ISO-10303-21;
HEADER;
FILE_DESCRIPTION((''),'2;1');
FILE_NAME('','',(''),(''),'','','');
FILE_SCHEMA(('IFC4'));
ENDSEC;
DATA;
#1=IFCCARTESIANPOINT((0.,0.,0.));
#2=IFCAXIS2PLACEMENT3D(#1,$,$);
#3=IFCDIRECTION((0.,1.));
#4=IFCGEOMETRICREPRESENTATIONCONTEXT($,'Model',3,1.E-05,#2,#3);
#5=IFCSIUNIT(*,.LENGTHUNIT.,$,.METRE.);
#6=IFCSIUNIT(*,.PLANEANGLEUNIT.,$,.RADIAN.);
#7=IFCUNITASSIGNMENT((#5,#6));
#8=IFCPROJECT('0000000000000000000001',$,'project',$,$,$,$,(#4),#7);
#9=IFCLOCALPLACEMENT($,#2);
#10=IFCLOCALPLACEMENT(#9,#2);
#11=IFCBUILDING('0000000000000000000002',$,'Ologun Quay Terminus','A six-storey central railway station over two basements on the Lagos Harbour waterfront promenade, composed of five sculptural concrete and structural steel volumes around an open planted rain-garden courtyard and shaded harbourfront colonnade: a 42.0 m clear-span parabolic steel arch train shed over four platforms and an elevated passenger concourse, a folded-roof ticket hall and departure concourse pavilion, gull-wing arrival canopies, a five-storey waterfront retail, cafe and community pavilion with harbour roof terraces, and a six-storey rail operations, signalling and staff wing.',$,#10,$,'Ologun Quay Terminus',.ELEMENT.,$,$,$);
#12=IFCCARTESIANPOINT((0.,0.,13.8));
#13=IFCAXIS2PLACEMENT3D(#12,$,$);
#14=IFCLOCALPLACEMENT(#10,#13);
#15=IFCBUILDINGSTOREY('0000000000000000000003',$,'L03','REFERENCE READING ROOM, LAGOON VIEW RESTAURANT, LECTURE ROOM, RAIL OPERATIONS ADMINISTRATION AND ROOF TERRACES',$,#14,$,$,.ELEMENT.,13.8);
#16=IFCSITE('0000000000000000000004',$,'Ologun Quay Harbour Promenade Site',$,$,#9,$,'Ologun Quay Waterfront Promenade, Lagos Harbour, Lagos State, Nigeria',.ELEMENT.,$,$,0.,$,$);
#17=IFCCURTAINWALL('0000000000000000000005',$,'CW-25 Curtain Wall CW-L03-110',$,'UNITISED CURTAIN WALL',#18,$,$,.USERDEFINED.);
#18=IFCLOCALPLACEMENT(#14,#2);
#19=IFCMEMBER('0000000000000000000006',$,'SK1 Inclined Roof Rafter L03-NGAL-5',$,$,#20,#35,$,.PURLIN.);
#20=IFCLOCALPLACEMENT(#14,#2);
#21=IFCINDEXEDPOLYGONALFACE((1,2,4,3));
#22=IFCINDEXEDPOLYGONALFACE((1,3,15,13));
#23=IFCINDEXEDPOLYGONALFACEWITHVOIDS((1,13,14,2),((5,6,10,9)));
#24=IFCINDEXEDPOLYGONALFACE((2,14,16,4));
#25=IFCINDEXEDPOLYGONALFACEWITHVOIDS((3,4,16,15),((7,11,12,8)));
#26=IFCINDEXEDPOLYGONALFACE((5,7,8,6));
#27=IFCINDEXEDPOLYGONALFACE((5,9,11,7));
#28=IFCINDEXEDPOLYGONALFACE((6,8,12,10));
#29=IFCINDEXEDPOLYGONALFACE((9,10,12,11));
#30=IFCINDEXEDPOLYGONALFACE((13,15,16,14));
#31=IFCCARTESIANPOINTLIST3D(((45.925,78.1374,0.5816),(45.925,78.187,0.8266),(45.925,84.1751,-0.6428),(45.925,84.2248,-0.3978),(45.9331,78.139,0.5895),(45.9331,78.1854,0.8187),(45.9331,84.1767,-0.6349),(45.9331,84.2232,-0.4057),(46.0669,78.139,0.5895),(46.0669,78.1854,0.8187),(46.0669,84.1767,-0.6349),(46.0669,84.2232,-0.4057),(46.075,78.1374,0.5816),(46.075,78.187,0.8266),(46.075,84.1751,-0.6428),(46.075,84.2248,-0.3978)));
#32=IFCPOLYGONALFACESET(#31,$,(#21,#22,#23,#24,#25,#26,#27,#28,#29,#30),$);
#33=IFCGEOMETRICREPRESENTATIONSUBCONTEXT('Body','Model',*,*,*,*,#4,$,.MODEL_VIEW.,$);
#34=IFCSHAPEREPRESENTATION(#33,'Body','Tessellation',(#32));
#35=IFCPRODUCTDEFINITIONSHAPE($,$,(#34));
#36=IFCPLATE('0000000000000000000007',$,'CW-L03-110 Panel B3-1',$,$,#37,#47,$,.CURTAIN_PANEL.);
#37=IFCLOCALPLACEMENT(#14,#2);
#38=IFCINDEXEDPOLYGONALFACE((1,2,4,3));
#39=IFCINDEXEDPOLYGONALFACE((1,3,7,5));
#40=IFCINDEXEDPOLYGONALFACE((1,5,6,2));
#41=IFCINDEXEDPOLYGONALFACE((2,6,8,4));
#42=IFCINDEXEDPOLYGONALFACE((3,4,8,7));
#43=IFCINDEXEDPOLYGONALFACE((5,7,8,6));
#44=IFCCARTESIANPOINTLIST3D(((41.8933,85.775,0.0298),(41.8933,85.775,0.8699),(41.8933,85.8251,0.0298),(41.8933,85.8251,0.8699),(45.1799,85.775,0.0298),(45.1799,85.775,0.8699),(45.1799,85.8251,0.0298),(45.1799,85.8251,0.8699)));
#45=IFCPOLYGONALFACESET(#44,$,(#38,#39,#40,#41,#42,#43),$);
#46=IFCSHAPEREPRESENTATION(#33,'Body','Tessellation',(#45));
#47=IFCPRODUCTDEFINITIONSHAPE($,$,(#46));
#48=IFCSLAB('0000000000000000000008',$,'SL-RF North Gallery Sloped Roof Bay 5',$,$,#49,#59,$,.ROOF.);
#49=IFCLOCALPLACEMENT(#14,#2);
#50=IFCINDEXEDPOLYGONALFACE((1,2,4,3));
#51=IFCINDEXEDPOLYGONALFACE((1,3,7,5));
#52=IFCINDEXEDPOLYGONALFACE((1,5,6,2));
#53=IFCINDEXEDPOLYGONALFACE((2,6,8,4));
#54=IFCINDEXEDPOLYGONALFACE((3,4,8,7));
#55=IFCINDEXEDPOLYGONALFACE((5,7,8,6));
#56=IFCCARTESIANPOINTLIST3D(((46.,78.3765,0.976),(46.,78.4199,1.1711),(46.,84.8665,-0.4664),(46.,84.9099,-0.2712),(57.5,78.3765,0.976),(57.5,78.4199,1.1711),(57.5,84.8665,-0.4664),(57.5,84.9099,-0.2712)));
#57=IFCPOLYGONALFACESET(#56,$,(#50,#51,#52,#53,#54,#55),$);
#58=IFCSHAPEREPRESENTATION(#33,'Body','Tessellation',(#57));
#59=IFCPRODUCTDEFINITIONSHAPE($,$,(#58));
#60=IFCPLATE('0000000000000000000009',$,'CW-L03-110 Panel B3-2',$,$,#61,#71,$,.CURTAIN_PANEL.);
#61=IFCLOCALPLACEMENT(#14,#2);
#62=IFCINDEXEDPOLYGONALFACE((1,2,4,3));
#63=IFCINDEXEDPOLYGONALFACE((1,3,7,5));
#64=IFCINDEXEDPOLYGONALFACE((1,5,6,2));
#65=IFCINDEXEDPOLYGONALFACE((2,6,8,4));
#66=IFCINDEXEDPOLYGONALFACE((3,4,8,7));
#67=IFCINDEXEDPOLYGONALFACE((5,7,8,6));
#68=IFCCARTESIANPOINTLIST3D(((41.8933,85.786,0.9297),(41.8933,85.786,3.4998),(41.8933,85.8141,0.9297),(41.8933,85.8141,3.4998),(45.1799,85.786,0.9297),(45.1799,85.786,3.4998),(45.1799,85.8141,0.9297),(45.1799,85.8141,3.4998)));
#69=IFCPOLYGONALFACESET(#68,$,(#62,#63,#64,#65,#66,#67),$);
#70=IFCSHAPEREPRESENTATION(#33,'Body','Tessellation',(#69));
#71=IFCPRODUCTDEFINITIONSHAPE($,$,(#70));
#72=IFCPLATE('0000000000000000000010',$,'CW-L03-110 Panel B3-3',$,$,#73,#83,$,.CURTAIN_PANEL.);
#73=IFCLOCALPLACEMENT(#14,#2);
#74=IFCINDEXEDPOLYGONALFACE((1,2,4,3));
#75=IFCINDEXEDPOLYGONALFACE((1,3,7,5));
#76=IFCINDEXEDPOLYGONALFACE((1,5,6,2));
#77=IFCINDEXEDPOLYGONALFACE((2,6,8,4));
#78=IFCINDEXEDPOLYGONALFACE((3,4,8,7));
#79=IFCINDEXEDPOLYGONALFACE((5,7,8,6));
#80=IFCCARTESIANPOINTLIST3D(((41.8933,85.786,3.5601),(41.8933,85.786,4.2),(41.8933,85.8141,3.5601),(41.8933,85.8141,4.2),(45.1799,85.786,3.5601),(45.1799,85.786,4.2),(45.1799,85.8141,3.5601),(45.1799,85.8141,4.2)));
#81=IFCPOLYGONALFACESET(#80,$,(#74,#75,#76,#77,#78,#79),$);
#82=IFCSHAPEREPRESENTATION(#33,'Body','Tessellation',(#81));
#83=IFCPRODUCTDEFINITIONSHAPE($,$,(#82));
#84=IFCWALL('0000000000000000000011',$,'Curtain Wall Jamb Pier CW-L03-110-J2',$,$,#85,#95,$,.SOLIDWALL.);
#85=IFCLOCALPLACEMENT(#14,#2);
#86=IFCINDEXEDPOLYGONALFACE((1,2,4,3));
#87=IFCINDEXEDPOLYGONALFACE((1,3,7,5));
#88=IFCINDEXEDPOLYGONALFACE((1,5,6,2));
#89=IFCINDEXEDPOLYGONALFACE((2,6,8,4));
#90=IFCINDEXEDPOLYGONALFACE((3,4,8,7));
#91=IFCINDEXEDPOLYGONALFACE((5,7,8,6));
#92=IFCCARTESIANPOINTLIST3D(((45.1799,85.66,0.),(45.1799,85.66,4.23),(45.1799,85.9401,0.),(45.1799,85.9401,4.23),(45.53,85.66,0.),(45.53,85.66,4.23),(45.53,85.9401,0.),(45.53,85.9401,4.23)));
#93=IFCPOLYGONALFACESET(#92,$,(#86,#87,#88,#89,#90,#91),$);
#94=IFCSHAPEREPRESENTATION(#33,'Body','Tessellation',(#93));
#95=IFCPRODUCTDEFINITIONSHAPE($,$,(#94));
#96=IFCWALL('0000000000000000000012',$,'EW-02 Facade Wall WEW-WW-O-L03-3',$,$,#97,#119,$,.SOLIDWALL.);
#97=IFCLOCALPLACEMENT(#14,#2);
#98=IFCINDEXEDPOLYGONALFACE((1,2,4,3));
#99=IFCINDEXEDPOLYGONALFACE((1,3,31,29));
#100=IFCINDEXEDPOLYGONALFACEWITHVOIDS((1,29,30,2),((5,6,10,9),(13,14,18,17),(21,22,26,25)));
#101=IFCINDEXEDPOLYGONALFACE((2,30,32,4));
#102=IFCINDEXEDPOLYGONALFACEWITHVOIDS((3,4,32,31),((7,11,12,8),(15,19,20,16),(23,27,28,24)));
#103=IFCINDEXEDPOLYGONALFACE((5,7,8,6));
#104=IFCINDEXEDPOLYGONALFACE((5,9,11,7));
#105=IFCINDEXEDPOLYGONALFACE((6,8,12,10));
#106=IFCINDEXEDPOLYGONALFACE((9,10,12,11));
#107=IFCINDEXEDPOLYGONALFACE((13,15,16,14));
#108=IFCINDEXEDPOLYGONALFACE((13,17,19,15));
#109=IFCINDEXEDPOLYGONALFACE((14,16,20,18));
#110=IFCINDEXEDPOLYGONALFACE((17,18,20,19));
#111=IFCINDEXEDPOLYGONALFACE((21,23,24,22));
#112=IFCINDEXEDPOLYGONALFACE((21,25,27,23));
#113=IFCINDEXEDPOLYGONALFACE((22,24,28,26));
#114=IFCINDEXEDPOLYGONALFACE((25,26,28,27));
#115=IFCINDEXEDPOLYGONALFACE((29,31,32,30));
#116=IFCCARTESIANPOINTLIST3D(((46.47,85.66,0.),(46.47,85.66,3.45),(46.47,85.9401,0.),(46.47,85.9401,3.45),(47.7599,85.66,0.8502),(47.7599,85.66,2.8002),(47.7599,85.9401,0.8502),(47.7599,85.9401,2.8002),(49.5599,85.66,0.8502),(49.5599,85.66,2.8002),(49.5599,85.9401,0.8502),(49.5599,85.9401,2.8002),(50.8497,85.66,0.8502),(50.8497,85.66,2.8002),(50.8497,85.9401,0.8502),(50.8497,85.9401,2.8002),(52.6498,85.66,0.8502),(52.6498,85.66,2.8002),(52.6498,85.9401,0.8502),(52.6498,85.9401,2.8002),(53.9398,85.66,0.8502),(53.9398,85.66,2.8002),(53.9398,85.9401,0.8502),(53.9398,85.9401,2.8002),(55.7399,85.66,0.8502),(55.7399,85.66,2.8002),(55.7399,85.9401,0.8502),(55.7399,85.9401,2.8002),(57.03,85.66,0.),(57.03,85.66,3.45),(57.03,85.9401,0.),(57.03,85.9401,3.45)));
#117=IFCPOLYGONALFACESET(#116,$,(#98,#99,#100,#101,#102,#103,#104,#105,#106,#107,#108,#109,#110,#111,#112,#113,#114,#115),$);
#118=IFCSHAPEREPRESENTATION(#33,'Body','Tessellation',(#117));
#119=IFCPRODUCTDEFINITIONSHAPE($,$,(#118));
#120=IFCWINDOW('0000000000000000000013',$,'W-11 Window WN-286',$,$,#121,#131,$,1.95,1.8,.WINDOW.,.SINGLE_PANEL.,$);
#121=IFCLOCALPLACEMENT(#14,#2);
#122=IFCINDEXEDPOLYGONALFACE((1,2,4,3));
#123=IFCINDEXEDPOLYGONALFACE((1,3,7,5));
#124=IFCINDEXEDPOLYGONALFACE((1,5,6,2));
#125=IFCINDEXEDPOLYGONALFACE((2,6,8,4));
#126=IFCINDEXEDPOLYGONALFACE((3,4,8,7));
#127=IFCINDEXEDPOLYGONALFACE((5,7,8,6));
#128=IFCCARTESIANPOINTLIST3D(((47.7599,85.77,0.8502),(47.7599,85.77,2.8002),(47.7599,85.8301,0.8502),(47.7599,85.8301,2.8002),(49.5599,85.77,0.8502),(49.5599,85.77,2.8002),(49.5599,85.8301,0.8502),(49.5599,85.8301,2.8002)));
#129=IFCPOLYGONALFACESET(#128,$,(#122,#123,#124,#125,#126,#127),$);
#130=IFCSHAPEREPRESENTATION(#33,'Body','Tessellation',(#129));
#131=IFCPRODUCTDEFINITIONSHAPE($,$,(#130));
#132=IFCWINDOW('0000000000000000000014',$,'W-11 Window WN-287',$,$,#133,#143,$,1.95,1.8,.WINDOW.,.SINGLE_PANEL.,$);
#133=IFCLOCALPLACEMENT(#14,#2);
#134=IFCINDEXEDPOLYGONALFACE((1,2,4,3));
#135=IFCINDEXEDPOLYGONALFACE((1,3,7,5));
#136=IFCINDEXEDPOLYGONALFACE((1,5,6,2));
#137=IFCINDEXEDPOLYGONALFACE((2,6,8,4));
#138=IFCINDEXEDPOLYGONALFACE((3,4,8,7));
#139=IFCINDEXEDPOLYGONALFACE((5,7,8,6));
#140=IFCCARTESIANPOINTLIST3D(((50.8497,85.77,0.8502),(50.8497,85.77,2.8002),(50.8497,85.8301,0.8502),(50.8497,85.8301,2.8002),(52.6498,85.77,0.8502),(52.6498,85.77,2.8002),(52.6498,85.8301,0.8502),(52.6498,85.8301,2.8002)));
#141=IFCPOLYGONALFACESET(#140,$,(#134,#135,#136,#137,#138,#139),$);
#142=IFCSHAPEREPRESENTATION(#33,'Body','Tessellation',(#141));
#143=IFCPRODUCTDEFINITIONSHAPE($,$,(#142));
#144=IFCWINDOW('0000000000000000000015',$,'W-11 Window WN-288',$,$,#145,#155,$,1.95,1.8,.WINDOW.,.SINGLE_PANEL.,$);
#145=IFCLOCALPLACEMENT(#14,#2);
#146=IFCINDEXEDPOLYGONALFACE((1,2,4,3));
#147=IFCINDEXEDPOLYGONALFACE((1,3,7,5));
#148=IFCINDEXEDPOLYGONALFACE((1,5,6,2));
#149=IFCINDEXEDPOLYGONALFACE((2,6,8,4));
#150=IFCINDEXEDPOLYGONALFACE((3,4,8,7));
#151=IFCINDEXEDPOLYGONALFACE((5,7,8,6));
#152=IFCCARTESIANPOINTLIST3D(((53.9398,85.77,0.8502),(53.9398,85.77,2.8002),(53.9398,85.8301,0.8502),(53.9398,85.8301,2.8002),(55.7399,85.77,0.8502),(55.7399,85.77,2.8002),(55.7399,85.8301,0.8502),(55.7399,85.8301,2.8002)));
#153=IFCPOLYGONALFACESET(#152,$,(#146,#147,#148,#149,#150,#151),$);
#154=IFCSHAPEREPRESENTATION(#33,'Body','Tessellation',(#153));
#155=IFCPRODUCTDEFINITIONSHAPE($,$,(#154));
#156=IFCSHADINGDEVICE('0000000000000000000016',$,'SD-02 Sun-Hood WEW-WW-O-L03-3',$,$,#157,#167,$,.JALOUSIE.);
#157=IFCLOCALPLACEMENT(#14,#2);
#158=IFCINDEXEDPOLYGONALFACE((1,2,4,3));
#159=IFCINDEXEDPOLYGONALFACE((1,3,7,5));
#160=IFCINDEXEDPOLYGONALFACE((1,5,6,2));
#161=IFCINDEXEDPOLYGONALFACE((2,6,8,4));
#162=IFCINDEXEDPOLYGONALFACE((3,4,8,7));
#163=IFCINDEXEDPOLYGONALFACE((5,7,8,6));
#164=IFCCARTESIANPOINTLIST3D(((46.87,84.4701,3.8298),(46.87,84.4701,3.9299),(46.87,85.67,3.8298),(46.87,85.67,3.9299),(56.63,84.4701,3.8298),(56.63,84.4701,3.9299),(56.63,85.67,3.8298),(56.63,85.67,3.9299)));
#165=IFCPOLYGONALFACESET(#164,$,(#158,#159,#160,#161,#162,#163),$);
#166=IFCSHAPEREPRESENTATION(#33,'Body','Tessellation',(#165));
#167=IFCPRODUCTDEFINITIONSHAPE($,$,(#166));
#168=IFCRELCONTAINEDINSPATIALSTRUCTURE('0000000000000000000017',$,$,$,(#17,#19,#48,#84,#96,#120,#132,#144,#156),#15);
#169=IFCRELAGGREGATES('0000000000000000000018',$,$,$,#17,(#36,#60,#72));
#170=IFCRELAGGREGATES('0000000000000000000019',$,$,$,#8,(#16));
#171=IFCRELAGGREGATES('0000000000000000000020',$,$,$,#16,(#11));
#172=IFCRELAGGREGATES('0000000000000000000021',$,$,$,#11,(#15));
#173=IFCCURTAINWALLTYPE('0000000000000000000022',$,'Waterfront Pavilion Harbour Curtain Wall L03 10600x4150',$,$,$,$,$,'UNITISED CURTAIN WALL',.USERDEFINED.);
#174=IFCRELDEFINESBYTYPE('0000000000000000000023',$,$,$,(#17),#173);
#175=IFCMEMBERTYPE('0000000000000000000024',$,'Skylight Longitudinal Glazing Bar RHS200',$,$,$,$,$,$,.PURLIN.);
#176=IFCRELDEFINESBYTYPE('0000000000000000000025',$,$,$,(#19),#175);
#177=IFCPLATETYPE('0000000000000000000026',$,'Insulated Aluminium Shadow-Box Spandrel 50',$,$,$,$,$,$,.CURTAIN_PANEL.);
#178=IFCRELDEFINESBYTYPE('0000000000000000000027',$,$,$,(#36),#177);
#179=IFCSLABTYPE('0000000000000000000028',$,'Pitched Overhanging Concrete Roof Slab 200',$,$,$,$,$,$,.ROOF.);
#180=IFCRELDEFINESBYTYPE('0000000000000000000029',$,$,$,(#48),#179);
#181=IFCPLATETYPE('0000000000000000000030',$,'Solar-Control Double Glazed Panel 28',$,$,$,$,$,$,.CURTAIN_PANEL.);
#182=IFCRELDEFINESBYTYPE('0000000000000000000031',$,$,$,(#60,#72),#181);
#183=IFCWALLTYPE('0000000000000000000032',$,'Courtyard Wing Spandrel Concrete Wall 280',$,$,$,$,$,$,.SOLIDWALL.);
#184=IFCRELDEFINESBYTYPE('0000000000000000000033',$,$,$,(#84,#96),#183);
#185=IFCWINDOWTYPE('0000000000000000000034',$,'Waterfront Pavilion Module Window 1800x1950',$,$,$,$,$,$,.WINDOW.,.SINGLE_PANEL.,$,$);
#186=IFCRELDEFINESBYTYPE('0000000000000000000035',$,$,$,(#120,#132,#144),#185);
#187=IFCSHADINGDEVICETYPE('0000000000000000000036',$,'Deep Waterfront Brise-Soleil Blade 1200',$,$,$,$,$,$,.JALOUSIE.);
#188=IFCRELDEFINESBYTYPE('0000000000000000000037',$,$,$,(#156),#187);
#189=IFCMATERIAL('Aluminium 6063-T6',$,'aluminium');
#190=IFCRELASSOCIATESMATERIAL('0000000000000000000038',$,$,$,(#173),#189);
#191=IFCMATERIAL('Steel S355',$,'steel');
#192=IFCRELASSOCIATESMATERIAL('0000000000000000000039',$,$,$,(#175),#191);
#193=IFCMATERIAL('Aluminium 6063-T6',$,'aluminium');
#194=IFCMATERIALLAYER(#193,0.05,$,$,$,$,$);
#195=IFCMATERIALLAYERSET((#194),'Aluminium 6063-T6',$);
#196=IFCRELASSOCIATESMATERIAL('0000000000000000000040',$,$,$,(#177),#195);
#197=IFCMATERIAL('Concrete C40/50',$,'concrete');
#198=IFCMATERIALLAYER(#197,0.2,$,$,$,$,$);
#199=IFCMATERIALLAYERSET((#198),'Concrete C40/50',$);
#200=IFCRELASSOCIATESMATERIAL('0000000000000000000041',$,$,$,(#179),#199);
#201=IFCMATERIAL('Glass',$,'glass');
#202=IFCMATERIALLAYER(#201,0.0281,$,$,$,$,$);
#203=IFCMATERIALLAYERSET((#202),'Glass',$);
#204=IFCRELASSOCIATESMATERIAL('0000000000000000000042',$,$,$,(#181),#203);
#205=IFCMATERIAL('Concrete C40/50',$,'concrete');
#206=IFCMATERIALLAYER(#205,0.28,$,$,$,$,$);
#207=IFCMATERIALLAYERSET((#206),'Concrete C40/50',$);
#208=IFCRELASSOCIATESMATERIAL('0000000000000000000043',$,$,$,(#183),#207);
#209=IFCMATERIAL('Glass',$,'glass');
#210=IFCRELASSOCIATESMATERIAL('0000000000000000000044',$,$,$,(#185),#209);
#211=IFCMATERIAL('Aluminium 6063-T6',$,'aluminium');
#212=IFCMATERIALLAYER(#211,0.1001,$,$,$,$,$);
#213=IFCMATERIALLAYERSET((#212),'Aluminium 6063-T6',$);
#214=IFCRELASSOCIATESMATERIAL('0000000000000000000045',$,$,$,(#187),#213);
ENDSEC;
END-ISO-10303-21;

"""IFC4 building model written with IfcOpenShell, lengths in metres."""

from ifc_helpers import new_model, si_unit, direction, frame, frame_2d, origin, origin_2d, place, context, subcontext, project, spatial, polyline, rectangle, hollow_rectangle, outline, extrude, material, layer, layer_set, material_profile, profile_set, type_object, element, fill, aggregate, save


model = new_model("IFC4")

# Units and contexts
model_context = context("Model", 3, precision=1e-05, world=origin(), true_north=direction((0.0, 1.0)))
body_context = subcontext(model_context, "Body", "Model", "MODEL_VIEW")
ifc_project = project(units=[si_unit("LENGTHUNIT", "METRE"), si_unit("PLANEANGLEUNIT", "RADIAN")], contexts=[model_context])

# Site, building, storey
site_placement = place(None, origin())
site = spatial("IfcSite", under=ifc_project, at=site_placement, Name="Ologun Quay Harbour Promenade Site", LongName="Ologun Quay Waterfront Promenade, Lagos Harbour, Lagos State, Nigeria", CompositionType="ELEMENT", RefElevation=0.0)
building_placement = place(site_placement, origin())
building = spatial("IfcBuilding", under=site, at=building_placement, Name="Ologun Quay Terminus", Description="A six-storey central railway station over two basements on the Lagos Harbour waterfront promenade, composed of five sculptural concrete and structural steel volumes around an open planted rain-garden courtyard and shaded harbourfront colonnade: a 42.0 m clear-span parabolic steel arch train shed over four platforms and an elevated passenger concourse, a folded-roof ticket hall and departure concourse pavilion, gull-wing arrival canopies, a five-storey waterfront retail, cafe and community pavilion with harbour roof terraces, and a six-storey rail operations, signalling and staff wing.", LongName="Ologun Quay Terminus", CompositionType="ELEMENT")
storey_placement = place(building_placement, frame((0.0, 0.0, 13.8)))
storey = spatial("IfcBuildingStorey", under=building, at=storey_placement, Name="L03", Description="REFERENCE READING ROOM, LAGOON VIEW RESTAURANT, LECTURE ROOM, RAIL OPERATIONS ADMINISTRATION AND ROOF TERRACES", CompositionType="ELEMENT", Elevation=13.8)

# Curtain wall
ifc_material_1 = material(Name="Aluminium 6063-T6", Category="aluminium")
curtain_wall_type = type_object("IfcCurtainWallType", Name="Waterfront Pavilion Harbour Curtain Wall L03 10600x4150", ElementType="UNITISED CURTAIN WALL", PredefinedType="USERDEFINED", material=ifc_material_1)
curtain_wall_placement = place(storey_placement, origin())
curtain_wall = element("IfcCurtainWall", 1, at=curtain_wall_placement, inside=storey, type_object=curtain_wall_type, Name="CW-25 Curtain Wall CW-L03-110", ObjectType="UNITISED CURTAIN WALL", PredefinedType="USERDEFINED")

# Member
ifc_material_2 = material(Name="Steel S355", Category="steel")
ifc_material_profile_1 = material_profile(ifc_material_2, hollow_rectangle(XDim=0.1499, YDim=0.25, WallThickness=0.0081, at=origin_2d()), Name="RHS 250x150x8")
ifc_profile_set_1 = profile_set([ifc_material_profile_1], Name="Steel S355")
member_type_1 = type_object("IfcMemberType", Name="Skylight Longitudinal Glazing Bar RHS200", PredefinedType="PURLIN", material=ifc_profile_set_1)
member_1_placement = place(storey_placement, frame((46.0, 84.2, -0.5203), z_axis=(0.0, -0.980053, 0.198737), x_axis=(1.0, 0.0, 0.0)))
element("IfcMember", 2, at=member_1_placement, inside=storey, type_object=member_type_1, Name="SK1 Inclined Roof Rafter L03-NGAL-5", PredefinedType="PURLIN", context=body_context, shape_type="SweptSolid", body=[
    extrude(hollow_rectangle(XDim=0.1499, YDim=0.25, WallThickness=0.0081, at=origin_2d()), origin(), (0.0, 0.0, 1.0), 6.1606),
])

# Plate
ifc_material_3 = material(Name="Aluminium 6063-T6", Category="aluminium")
ifc_layer_1 = layer(ifc_material_3, 0.05)
ifc_layer_set_1 = layer_set([ifc_layer_1], Name="Aluminium 6063-T6")
plate_type_1 = type_object("IfcPlateType", Name="Insulated Aluminium Shadow-Box Spandrel 50", PredefinedType="CURTAIN_PANEL", material=ifc_layer_set_1)
plate_1_placement = place(storey_placement, frame((43.5366, 85.8, 0.0298), z_axis=(0.0, 0.0, 1.0), x_axis=(1.0, 0.0, 0.0)))
plate_1 = element("IfcPlate", 3, at=plate_1_placement, type_object=plate_type_1, Name="CW-L03-110 Panel B3-1", PredefinedType="CURTAIN_PANEL", context=body_context, shape_type="SweptSolid", body=[
    extrude(rectangle(XDim=3.2866, YDim=0.05, at=origin_2d()), origin(), (0.0, 0.0, 1.0), 0.8401),
])

# Slab
ifc_material_4 = material(Name="Concrete C40/50", Category="concrete")
ifc_layer_2 = layer(ifc_material_4, 0.2)
ifc_layer_set_2 = layer_set([ifc_layer_2], Name="Concrete C40/50")
slab_type = type_object("IfcSlabType", Name="Pitched Overhanging Concrete Roof Slab 200", PredefinedType="ROOF", material=ifc_layer_set_2)
slab_placement = place(storey_placement, frame((46.0, 84.9099, -0.2712), z_axis=(0.0, 0.216954, 0.976182), x_axis=(1.0, 0.0, 0.0)))
element("IfcSlab", 4, at=slab_placement, inside=storey, type_object=slab_type, Name="SL-RF North Gallery Sloped Roof Bay 5", PredefinedType="ROOF", context=body_context, shape_type="SweptSolid", body=[
    extrude(outline(polyline([(0.0, 0.0), (11.5, 0.0), (11.5, -6.6483), (0.0, -6.6483), (0.0, 0.0)])), origin(), (0.0, 0.0, -1.0), 0.2),
])

# Plates
ifc_material_5 = material(Name="Glass", Category="glass")
ifc_layer_3 = layer(ifc_material_5, 0.0281)
ifc_layer_set_3 = layer_set([ifc_layer_3], Name="Glass")
plate_type_2 = type_object("IfcPlateType", Name="Solar-Control Double Glazed Panel 28", PredefinedType="CURTAIN_PANEL", material=ifc_layer_set_3)
plate_2_placement = place(storey_placement, frame((43.5366, 85.8, 0.9297), z_axis=(0.0, 0.0, 1.0), x_axis=(1.0, 0.0, 0.0)))
plate_2 = element("IfcPlate", 5, at=plate_2_placement, type_object=plate_type_2, Name="CW-L03-110 Panel B3-2", PredefinedType="CURTAIN_PANEL", context=body_context, shape_type="SweptSolid", body=[
    extrude(rectangle(XDim=3.2866, YDim=0.0281, at=origin_2d()), origin(), (0.0, 0.0, 1.0), 2.5701),
])
plate_3_placement = place(storey_placement, frame((43.5366, 85.8, 3.5601), z_axis=(0.0, 0.0, 1.0), x_axis=(1.0, 0.0, 0.0)))
plate_3 = element("IfcPlate", 6, at=plate_3_placement, type_object=plate_type_2, Name="CW-L03-110 Panel B3-3", PredefinedType="CURTAIN_PANEL", context=body_context, shape_type="SweptSolid", body=[
    extrude(rectangle(XDim=3.2866, YDim=0.0281, at=origin_2d()), origin(), (0.0, 0.0, 1.0), 0.6399),
])
aggregate(curtain_wall, [plate_1, plate_2, plate_3])

# Wall
ifc_material_6 = material(Name="Concrete C40/50", Category="concrete")
ifc_layer_4 = layer(ifc_material_6, 0.28)
ifc_layer_set_4 = layer_set([ifc_layer_4], Name="Concrete C40/50")
wall_type = type_object("IfcWallType", Name="Courtyard Wing Spandrel Concrete Wall 280", PredefinedType="SOLIDWALL", material=ifc_layer_set_4)
wall_1_placement = place(storey_placement, frame((45.1799, 85.8, 0.0), z_axis=(0.0, 0.0, 1.0), x_axis=(1.0, 0.0, 0.0)))
element("IfcWall", 7, at=wall_1_placement, inside=storey, type_object=wall_type, Name="Curtain Wall Jamb Pier CW-L03-110-J2", PredefinedType="SOLIDWALL", context=body_context, shape_type="SweptSolid", body=[
    extrude(rectangle(XDim=0.3501, YDim=0.28, at=frame_2d((0.175, 0.0))), origin(), (0.0, 0.0, 1.0), 4.23),
])

# Wall, openings, windows
wall_2_placement = place(storey_placement, frame((46.47, 85.8, 0.0), z_axis=(0.0, 0.0, 1.0), x_axis=(1.0, 0.0, 0.0)))
wall_2 = element("IfcWall", 8, at=wall_2_placement, inside=storey, type_object=wall_type, Name="EW-02 Facade Wall WEW-WW-O-L03-3", PredefinedType="SOLIDWALL", context=body_context, shape_type="SweptSolid", body=[
    extrude(rectangle(XDim=10.5601, YDim=0.28, at=frame_2d((5.28, 0.0))), origin(), (0.0, 0.0, 1.0), 3.45),
])
opening_1_placement = place(wall_2_placement, frame((1.29, 0.0, 0.8501)))
opening_1 = element("IfcOpeningElement", 9, at=opening_1_placement, cuts=wall_2, PredefinedType="OPENING", context=body_context, shape_type="SweptSolid", body=[
    extrude(rectangle(XDim=1.8, YDim=1.95, at=frame_2d((0.8999, 0.9751))), frame((0.0, 0.1499, 0.0), z_axis=(0.0, -1.0, 0.0), x_axis=(1.0, 0.0, 0.0)), (0.0, 0.0, 1.0), 0.3),
])
opening_2_placement = place(wall_2_placement, frame((4.3799, 0.0, 0.8501)))
opening_2 = element("IfcOpeningElement", 10, at=opening_2_placement, cuts=wall_2, PredefinedType="OPENING", context=body_context, shape_type="SweptSolid", body=[
    extrude(rectangle(XDim=1.8, YDim=1.95, at=frame_2d((0.8999, 0.9751))), frame((0.0, 0.1499, 0.0), z_axis=(0.0, -1.0, 0.0), x_axis=(1.0, 0.0, 0.0)), (0.0, 0.0, 1.0), 0.3),
])
opening_3_placement = place(wall_2_placement, frame((7.47, 0.0, 0.8501)))
opening_3 = element("IfcOpeningElement", 11, at=opening_3_placement, cuts=wall_2, PredefinedType="OPENING", context=body_context, shape_type="SweptSolid", body=[
    extrude(rectangle(XDim=1.8, YDim=1.95, at=frame_2d((0.8999, 0.9751))), frame((0.0, 0.1499, 0.0), z_axis=(0.0, -1.0, 0.0), x_axis=(1.0, 0.0, 0.0)), (0.0, 0.0, 1.0), 0.3),
])
ifc_material_7 = material(Name="Glass", Category="glass")
window_type = type_object("IfcWindowType", Name="Waterfront Pavilion Module Window 1800x1950", PartitioningType="SINGLE_PANEL", PredefinedType="WINDOW", material=ifc_material_7)
window_1_placement = place(opening_1_placement, origin())
window_1 = element("IfcWindow", 12, at=window_1_placement, inside=storey, type_object=window_type, Name="W-11 Window WN-286", OverallHeight=1.95, OverallWidth=1.8, PartitioningType="SINGLE_PANEL", PredefinedType="WINDOW", context=body_context, shape_type="SweptSolid", body=[
    extrude(rectangle(XDim=1.8, YDim=1.95, at=frame_2d((0.8999, 0.9751))), frame((0.0, 0.03, 0.0), z_axis=(0.0, -1.0, 0.0), x_axis=(1.0, 0.0, 0.0)), (0.0, 0.0, 1.0), 0.0601),
])
fill(opening_1, window_1)
window_2_placement = place(opening_2_placement, origin())
window_2 = element("IfcWindow", 13, at=window_2_placement, inside=storey, type_object=window_type, Name="W-11 Window WN-287", OverallHeight=1.95, OverallWidth=1.8, PartitioningType="SINGLE_PANEL", PredefinedType="WINDOW", context=body_context, shape_type="SweptSolid", body=[
    extrude(rectangle(XDim=1.8, YDim=1.95, at=frame_2d((0.8999, 0.9751))), frame((0.0, 0.03, 0.0), z_axis=(0.0, -1.0, 0.0), x_axis=(1.0, 0.0, 0.0)), (0.0, 0.0, 1.0), 0.0601),
])
fill(opening_2, window_2)
window_3_placement = place(opening_3_placement, origin())
window_3 = element("IfcWindow", 14, at=window_3_placement, inside=storey, type_object=window_type, Name="W-11 Window WN-288", OverallHeight=1.95, OverallWidth=1.8, PartitioningType="SINGLE_PANEL", PredefinedType="WINDOW", context=body_context, shape_type="SweptSolid", body=[
    extrude(rectangle(XDim=1.8, YDim=1.95, at=frame_2d((0.8999, 0.9751))), frame((0.0, 0.03, 0.0), z_axis=(0.0, -1.0, 0.0), x_axis=(1.0, 0.0, 0.0)), (0.0, 0.0, 1.0), 0.0601),
])
fill(opening_3, window_3)

# Shading device
ifc_material_8 = material(Name="Aluminium 6063-T6", Category="aluminium")
ifc_layer_5 = layer(ifc_material_8, 0.1001)
ifc_layer_set_5 = layer_set([ifc_layer_5], Name="Aluminium 6063-T6")
shading_device_type = type_object("IfcShadingDeviceType", Name="Deep Waterfront Brise-Soleil Blade 1200", PredefinedType="JALOUSIE", material=ifc_layer_set_5)
shading_device_placement = place(storey_placement, frame((51.75, 85.0701, 3.8298), z_axis=(0.0, 0.0, 1.0), x_axis=(1.0, 0.0, 0.0)))
element("IfcShadingDevice", 15, at=shading_device_placement, inside=storey, type_object=shading_device_type, Name="SD-02 Sun-Hood WEW-WW-O-L03-3", PredefinedType="JALOUSIE", context=body_context, shape_type="SweptSolid", body=[
    extrude(rectangle(XDim=9.76, YDim=1.2, at=origin_2d()), origin(), (0.0, 0.0, 1.0), 0.1001),
])

save(model, "model.ifc")
